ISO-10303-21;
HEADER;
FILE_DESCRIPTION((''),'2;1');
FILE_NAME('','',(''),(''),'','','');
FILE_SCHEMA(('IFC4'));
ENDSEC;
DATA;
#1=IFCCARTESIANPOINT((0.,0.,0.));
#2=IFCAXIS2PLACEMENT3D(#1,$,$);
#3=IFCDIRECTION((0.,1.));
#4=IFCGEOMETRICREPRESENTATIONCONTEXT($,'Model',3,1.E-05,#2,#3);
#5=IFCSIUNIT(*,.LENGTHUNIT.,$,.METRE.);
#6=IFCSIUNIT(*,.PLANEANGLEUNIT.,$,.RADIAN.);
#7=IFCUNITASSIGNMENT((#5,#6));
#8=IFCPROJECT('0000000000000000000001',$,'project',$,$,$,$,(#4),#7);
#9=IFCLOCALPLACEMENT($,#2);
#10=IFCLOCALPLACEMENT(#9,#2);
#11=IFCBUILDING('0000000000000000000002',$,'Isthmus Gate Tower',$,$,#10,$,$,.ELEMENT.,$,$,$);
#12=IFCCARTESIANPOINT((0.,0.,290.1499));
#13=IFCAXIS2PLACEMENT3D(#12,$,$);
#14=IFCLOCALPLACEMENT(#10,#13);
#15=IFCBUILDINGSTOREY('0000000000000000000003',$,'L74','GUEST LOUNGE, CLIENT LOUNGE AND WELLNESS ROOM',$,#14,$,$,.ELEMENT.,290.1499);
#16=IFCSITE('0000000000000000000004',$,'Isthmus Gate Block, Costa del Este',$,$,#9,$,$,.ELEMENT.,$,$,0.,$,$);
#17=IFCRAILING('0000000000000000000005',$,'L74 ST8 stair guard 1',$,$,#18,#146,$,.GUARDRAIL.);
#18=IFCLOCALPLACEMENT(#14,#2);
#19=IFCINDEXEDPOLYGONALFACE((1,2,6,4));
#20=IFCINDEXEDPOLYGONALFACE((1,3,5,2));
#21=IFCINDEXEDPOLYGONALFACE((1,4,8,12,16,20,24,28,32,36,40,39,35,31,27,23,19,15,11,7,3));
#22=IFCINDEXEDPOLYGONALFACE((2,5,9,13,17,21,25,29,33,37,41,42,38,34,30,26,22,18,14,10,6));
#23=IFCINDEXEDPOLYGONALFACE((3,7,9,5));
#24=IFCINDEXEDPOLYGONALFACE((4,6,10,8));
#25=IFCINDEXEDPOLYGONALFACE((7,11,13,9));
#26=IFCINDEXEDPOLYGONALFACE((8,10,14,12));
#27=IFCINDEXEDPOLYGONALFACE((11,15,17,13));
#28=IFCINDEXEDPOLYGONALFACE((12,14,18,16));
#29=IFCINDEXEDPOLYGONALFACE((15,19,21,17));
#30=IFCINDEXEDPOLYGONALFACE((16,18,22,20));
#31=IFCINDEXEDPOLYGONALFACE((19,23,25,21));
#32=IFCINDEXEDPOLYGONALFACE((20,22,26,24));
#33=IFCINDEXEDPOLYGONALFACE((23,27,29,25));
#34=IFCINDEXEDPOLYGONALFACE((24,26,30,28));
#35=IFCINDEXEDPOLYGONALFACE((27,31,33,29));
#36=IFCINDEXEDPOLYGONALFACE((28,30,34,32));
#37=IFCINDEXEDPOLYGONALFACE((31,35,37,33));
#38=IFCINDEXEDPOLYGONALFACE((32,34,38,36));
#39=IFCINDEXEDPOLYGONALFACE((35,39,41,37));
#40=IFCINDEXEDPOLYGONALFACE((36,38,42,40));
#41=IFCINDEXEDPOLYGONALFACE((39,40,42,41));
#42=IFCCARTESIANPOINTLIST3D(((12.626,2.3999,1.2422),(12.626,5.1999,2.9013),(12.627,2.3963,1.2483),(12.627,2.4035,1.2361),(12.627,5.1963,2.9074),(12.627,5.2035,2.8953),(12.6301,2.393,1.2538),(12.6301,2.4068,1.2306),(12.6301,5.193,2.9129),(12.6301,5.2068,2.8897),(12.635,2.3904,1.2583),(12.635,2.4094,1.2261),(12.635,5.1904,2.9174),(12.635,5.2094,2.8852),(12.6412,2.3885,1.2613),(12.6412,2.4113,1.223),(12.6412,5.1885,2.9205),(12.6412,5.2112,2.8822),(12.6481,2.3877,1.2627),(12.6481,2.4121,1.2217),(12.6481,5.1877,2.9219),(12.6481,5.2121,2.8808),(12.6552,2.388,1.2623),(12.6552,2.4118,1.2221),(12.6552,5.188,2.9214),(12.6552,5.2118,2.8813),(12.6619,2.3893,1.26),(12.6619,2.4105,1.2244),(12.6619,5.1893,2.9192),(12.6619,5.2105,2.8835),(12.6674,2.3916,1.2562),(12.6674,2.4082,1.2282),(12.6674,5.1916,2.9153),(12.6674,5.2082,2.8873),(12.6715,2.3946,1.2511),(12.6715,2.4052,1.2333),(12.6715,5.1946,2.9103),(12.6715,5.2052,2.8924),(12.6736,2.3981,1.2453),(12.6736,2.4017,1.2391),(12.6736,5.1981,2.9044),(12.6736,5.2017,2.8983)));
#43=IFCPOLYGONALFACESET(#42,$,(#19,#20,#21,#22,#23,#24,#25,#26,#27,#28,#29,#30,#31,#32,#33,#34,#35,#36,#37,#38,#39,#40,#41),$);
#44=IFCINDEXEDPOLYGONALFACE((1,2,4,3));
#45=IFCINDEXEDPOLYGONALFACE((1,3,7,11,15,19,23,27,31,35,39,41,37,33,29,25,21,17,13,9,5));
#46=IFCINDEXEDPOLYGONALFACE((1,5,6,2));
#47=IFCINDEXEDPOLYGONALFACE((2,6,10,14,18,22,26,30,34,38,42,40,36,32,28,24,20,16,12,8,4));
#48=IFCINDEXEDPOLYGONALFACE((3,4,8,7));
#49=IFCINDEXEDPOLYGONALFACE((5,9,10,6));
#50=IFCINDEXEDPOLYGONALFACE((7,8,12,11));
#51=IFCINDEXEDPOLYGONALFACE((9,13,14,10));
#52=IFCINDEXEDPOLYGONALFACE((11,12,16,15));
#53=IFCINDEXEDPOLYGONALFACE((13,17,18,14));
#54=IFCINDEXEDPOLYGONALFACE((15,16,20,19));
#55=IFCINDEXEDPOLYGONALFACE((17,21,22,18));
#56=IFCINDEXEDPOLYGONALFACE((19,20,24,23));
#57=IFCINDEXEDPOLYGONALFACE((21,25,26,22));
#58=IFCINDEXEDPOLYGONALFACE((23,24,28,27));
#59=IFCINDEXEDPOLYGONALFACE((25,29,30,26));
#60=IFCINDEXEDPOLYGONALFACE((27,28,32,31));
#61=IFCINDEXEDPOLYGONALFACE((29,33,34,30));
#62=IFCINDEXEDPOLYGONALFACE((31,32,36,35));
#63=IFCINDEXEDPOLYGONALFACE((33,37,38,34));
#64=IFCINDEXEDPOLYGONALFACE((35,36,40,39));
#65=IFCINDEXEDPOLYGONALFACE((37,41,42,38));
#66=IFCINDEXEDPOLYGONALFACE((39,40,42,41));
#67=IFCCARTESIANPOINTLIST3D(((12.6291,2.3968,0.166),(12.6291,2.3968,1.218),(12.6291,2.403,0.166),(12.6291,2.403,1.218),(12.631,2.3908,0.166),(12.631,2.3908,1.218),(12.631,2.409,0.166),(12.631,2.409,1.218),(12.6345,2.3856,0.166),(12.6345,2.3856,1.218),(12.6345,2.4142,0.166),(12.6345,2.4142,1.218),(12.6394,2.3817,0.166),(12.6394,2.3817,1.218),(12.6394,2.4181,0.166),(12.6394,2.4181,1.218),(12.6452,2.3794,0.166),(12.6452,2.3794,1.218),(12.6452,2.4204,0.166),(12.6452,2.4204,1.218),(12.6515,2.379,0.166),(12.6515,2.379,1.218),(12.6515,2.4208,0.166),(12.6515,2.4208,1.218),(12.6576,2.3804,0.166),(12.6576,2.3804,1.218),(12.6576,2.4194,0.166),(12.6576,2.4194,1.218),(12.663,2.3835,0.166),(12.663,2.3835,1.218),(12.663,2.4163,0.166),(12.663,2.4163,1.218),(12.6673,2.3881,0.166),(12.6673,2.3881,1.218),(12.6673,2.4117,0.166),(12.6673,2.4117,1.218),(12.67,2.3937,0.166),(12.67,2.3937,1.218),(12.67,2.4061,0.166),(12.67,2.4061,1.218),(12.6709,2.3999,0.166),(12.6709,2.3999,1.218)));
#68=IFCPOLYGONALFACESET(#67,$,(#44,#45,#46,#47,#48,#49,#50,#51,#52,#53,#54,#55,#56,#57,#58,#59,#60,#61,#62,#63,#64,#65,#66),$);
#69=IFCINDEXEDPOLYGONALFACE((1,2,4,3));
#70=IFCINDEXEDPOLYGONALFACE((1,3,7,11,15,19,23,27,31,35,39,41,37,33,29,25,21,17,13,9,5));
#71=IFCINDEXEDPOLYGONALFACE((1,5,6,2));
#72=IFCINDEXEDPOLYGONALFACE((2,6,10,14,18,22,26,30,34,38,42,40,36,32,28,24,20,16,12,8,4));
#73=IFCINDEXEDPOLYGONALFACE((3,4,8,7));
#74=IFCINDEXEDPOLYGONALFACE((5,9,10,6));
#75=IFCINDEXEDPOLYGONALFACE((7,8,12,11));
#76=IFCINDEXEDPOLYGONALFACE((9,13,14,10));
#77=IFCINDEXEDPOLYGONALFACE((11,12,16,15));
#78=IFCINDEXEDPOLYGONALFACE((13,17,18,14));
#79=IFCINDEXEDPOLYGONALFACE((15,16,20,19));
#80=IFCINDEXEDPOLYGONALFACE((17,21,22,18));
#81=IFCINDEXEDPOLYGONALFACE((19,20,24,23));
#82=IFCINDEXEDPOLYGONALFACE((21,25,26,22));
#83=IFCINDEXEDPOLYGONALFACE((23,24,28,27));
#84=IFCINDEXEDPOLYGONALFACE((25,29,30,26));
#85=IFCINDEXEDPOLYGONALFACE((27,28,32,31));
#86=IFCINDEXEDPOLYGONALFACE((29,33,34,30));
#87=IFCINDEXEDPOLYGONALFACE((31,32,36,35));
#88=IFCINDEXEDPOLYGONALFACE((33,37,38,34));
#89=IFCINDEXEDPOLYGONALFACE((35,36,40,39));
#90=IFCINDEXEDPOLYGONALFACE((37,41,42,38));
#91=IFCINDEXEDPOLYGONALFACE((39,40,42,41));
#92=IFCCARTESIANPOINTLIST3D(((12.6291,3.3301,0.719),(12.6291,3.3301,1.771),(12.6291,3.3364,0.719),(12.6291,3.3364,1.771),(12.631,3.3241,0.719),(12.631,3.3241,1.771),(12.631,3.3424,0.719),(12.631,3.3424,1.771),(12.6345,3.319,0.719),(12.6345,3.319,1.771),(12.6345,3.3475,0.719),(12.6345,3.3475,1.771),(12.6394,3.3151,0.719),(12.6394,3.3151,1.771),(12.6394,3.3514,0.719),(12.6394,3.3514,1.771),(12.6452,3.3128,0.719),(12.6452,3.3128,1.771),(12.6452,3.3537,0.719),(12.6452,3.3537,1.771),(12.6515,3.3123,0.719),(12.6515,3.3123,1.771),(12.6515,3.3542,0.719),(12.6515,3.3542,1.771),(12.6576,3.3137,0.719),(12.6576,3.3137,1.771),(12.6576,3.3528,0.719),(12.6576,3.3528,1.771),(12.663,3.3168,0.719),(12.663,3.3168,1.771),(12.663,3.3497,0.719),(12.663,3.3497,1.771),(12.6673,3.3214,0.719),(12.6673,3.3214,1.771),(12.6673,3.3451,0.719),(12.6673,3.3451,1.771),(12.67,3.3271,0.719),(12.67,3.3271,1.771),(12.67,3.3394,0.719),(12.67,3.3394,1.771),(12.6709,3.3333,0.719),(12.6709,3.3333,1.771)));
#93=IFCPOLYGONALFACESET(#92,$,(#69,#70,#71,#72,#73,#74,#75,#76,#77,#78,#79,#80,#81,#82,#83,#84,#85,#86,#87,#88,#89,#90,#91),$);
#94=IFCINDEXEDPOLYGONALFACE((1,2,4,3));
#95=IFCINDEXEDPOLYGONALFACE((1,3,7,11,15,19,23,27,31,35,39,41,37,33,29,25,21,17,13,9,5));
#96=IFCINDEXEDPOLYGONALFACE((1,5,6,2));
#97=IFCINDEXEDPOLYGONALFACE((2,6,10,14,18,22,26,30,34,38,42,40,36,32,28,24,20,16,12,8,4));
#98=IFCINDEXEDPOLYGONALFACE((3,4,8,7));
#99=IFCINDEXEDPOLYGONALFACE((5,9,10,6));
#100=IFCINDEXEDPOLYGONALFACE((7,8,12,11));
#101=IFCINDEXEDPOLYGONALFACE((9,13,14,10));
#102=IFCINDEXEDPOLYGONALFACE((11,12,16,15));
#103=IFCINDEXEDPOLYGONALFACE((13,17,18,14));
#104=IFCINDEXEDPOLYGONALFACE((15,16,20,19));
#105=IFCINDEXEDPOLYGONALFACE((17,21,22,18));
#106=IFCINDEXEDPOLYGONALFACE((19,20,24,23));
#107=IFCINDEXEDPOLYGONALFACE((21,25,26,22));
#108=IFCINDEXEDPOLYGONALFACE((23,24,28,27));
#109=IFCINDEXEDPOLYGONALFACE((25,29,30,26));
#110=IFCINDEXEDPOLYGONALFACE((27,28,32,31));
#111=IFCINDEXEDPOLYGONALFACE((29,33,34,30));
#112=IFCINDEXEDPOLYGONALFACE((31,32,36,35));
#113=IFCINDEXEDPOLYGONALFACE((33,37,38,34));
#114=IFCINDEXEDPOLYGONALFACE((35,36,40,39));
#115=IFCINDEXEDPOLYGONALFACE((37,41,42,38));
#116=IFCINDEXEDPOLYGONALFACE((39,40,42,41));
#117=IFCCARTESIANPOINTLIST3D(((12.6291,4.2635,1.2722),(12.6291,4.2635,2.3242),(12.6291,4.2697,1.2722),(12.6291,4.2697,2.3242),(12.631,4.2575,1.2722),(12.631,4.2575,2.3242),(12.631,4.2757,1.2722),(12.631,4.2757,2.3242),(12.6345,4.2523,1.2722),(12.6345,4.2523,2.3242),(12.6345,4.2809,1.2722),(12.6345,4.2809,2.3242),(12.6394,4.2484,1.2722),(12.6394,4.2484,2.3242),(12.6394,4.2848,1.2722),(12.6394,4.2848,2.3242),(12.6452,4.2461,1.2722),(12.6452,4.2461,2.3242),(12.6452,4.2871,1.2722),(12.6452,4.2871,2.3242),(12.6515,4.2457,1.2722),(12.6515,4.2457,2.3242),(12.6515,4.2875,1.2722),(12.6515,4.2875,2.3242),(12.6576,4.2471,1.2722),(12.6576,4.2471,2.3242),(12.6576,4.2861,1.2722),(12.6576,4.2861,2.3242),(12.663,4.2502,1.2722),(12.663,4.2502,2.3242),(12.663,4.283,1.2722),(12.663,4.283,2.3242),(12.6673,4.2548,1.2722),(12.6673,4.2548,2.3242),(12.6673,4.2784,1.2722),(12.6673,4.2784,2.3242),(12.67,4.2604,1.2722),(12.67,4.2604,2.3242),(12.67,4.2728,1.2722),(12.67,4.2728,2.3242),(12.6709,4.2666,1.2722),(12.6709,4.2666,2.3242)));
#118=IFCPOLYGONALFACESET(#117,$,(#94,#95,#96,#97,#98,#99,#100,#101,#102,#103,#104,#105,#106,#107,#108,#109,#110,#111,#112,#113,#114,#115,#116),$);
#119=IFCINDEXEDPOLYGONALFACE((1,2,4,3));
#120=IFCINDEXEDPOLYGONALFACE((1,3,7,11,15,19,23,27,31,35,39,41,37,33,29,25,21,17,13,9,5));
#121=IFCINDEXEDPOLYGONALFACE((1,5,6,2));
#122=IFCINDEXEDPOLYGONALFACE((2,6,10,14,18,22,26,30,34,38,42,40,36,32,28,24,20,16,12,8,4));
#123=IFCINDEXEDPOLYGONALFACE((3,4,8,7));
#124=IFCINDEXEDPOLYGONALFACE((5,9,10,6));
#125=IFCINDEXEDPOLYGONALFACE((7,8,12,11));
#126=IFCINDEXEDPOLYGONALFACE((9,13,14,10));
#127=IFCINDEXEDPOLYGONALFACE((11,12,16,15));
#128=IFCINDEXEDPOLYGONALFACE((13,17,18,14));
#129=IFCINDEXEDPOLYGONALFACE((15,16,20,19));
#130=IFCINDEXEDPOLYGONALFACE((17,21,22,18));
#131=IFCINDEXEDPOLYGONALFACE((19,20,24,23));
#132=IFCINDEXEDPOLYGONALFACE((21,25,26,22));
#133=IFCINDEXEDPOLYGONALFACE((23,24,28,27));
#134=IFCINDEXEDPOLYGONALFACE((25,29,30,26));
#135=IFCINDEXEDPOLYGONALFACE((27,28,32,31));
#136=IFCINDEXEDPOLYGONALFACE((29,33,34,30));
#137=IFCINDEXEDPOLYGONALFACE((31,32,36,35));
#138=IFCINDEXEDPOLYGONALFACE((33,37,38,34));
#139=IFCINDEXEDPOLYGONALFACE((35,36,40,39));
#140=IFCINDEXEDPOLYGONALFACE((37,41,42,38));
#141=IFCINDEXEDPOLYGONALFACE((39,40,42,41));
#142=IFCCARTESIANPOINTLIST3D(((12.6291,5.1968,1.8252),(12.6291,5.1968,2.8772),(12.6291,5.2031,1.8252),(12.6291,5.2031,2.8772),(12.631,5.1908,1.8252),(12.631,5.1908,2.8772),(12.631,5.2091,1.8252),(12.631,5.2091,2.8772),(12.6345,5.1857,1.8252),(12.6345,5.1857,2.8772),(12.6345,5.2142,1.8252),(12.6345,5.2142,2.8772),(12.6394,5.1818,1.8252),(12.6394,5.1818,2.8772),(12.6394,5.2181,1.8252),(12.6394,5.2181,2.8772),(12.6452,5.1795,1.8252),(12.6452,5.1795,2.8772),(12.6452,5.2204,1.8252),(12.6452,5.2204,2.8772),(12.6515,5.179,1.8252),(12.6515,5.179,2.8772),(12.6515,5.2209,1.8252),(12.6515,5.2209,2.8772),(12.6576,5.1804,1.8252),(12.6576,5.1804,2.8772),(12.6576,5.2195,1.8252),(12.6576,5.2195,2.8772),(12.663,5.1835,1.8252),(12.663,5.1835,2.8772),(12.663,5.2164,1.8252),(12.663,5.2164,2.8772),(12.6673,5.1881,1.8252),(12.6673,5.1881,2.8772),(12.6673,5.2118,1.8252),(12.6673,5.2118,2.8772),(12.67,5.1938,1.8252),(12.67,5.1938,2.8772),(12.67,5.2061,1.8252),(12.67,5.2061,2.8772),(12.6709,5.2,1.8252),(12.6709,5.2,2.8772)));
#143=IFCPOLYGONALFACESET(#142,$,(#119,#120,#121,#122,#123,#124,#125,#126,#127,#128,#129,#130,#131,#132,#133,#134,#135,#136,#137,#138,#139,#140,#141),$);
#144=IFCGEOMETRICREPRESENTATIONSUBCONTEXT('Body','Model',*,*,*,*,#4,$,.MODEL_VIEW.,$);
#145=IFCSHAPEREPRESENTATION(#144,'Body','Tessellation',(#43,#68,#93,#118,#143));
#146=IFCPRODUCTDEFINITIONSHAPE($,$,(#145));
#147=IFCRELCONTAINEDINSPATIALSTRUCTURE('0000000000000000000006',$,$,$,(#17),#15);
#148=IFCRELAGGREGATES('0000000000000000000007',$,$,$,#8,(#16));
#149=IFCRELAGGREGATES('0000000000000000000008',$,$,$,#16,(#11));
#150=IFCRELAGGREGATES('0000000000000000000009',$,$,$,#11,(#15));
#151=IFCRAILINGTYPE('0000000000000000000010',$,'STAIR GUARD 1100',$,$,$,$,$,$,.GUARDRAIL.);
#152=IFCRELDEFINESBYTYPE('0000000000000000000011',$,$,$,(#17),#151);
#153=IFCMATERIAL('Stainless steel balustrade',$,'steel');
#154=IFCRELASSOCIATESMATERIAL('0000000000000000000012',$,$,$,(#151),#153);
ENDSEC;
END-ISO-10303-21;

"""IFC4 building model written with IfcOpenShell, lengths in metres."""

from ifc_helpers import new_model, si_unit, direction, frame, origin, origin_2d, place, context, subcontext, project, spatial, circle, extrude, material, type_object, element, save


model = new_model("IFC4")

# Units and contexts
model_context = context("Model", 3, precision=1e-05, world=origin(), true_north=direction((0.0, 1.0)))
body_context = subcontext(model_context, "Body", "Model", "MODEL_VIEW")
ifc_project = project(units=[si_unit("LENGTHUNIT", "METRE"), si_unit("PLANEANGLEUNIT", "RADIAN")], contexts=[model_context])

# Site, building, storey
site_placement = place(None, origin())
site = spatial("IfcSite", under=ifc_project, at=site_placement, Name="Isthmus Gate Block, Costa del Este", CompositionType="ELEMENT", RefElevation=0.0)
building_placement = place(site_placement, origin())
building = spatial("IfcBuilding", under=site, at=building_placement, Name="Isthmus Gate Tower", CompositionType="ELEMENT")
storey_placement = place(building_placement, frame((0.0, 0.0, 290.1499)))
storey = spatial("IfcBuildingStorey", under=building, at=storey_placement, Name="L74", Description="GUEST LOUNGE, CLIENT LOUNGE AND WELLNESS ROOM", CompositionType="ELEMENT", Elevation=290.1499)

# Railing
ifc_material_1 = material(Name="Stainless steel balustrade", Category="steel")
railing_type_1 = type_object("IfcRailingType", Name="STAIR GUARD 1100", PredefinedType="GUARDRAIL", material=ifc_material_1)
for number, where, name in (
    (1, (12.6499, 2.3999, 0.166), "L74 ST8 stair guard 1"),
):
    element("IfcRailing", number, at=place(storey_placement, frame(where)), inside=storey, type_object=railing_type_1, Name=name, PredefinedType="GUARDRAIL", context=body_context, shape_type="SweptSolid", body=[
        extrude(circle(Radius=0.0239, at=origin_2d()), frame((0.0, 0.0, 1.0762), z_axis=(0.0, 0.860306, 0.509778), x_axis=(-1.0, 0.0, 0.0)), (0.0, 0.0, 1.0), 3.2546),
        extrude(circle(Radius=0.021, at=origin_2d()), origin(), (0.0, 0.0, 1.0), 1.052),
        extrude(circle(Radius=0.021, at=origin_2d()), frame((0.0, 0.9333, 0.553)), (0.0, 0.0, 1.0), 1.052),
        extrude(circle(Radius=0.021, at=origin_2d()), frame((0.0, 1.8667, 1.1062)), (0.0, 0.0, 1.0), 1.052),
        extrude(circle(Radius=0.021, at=origin_2d()), frame((0.0, 2.8, 1.6592)), (0.0, 0.0, 1.0), 1.052),
    ])

save(model, "model.ifc")
